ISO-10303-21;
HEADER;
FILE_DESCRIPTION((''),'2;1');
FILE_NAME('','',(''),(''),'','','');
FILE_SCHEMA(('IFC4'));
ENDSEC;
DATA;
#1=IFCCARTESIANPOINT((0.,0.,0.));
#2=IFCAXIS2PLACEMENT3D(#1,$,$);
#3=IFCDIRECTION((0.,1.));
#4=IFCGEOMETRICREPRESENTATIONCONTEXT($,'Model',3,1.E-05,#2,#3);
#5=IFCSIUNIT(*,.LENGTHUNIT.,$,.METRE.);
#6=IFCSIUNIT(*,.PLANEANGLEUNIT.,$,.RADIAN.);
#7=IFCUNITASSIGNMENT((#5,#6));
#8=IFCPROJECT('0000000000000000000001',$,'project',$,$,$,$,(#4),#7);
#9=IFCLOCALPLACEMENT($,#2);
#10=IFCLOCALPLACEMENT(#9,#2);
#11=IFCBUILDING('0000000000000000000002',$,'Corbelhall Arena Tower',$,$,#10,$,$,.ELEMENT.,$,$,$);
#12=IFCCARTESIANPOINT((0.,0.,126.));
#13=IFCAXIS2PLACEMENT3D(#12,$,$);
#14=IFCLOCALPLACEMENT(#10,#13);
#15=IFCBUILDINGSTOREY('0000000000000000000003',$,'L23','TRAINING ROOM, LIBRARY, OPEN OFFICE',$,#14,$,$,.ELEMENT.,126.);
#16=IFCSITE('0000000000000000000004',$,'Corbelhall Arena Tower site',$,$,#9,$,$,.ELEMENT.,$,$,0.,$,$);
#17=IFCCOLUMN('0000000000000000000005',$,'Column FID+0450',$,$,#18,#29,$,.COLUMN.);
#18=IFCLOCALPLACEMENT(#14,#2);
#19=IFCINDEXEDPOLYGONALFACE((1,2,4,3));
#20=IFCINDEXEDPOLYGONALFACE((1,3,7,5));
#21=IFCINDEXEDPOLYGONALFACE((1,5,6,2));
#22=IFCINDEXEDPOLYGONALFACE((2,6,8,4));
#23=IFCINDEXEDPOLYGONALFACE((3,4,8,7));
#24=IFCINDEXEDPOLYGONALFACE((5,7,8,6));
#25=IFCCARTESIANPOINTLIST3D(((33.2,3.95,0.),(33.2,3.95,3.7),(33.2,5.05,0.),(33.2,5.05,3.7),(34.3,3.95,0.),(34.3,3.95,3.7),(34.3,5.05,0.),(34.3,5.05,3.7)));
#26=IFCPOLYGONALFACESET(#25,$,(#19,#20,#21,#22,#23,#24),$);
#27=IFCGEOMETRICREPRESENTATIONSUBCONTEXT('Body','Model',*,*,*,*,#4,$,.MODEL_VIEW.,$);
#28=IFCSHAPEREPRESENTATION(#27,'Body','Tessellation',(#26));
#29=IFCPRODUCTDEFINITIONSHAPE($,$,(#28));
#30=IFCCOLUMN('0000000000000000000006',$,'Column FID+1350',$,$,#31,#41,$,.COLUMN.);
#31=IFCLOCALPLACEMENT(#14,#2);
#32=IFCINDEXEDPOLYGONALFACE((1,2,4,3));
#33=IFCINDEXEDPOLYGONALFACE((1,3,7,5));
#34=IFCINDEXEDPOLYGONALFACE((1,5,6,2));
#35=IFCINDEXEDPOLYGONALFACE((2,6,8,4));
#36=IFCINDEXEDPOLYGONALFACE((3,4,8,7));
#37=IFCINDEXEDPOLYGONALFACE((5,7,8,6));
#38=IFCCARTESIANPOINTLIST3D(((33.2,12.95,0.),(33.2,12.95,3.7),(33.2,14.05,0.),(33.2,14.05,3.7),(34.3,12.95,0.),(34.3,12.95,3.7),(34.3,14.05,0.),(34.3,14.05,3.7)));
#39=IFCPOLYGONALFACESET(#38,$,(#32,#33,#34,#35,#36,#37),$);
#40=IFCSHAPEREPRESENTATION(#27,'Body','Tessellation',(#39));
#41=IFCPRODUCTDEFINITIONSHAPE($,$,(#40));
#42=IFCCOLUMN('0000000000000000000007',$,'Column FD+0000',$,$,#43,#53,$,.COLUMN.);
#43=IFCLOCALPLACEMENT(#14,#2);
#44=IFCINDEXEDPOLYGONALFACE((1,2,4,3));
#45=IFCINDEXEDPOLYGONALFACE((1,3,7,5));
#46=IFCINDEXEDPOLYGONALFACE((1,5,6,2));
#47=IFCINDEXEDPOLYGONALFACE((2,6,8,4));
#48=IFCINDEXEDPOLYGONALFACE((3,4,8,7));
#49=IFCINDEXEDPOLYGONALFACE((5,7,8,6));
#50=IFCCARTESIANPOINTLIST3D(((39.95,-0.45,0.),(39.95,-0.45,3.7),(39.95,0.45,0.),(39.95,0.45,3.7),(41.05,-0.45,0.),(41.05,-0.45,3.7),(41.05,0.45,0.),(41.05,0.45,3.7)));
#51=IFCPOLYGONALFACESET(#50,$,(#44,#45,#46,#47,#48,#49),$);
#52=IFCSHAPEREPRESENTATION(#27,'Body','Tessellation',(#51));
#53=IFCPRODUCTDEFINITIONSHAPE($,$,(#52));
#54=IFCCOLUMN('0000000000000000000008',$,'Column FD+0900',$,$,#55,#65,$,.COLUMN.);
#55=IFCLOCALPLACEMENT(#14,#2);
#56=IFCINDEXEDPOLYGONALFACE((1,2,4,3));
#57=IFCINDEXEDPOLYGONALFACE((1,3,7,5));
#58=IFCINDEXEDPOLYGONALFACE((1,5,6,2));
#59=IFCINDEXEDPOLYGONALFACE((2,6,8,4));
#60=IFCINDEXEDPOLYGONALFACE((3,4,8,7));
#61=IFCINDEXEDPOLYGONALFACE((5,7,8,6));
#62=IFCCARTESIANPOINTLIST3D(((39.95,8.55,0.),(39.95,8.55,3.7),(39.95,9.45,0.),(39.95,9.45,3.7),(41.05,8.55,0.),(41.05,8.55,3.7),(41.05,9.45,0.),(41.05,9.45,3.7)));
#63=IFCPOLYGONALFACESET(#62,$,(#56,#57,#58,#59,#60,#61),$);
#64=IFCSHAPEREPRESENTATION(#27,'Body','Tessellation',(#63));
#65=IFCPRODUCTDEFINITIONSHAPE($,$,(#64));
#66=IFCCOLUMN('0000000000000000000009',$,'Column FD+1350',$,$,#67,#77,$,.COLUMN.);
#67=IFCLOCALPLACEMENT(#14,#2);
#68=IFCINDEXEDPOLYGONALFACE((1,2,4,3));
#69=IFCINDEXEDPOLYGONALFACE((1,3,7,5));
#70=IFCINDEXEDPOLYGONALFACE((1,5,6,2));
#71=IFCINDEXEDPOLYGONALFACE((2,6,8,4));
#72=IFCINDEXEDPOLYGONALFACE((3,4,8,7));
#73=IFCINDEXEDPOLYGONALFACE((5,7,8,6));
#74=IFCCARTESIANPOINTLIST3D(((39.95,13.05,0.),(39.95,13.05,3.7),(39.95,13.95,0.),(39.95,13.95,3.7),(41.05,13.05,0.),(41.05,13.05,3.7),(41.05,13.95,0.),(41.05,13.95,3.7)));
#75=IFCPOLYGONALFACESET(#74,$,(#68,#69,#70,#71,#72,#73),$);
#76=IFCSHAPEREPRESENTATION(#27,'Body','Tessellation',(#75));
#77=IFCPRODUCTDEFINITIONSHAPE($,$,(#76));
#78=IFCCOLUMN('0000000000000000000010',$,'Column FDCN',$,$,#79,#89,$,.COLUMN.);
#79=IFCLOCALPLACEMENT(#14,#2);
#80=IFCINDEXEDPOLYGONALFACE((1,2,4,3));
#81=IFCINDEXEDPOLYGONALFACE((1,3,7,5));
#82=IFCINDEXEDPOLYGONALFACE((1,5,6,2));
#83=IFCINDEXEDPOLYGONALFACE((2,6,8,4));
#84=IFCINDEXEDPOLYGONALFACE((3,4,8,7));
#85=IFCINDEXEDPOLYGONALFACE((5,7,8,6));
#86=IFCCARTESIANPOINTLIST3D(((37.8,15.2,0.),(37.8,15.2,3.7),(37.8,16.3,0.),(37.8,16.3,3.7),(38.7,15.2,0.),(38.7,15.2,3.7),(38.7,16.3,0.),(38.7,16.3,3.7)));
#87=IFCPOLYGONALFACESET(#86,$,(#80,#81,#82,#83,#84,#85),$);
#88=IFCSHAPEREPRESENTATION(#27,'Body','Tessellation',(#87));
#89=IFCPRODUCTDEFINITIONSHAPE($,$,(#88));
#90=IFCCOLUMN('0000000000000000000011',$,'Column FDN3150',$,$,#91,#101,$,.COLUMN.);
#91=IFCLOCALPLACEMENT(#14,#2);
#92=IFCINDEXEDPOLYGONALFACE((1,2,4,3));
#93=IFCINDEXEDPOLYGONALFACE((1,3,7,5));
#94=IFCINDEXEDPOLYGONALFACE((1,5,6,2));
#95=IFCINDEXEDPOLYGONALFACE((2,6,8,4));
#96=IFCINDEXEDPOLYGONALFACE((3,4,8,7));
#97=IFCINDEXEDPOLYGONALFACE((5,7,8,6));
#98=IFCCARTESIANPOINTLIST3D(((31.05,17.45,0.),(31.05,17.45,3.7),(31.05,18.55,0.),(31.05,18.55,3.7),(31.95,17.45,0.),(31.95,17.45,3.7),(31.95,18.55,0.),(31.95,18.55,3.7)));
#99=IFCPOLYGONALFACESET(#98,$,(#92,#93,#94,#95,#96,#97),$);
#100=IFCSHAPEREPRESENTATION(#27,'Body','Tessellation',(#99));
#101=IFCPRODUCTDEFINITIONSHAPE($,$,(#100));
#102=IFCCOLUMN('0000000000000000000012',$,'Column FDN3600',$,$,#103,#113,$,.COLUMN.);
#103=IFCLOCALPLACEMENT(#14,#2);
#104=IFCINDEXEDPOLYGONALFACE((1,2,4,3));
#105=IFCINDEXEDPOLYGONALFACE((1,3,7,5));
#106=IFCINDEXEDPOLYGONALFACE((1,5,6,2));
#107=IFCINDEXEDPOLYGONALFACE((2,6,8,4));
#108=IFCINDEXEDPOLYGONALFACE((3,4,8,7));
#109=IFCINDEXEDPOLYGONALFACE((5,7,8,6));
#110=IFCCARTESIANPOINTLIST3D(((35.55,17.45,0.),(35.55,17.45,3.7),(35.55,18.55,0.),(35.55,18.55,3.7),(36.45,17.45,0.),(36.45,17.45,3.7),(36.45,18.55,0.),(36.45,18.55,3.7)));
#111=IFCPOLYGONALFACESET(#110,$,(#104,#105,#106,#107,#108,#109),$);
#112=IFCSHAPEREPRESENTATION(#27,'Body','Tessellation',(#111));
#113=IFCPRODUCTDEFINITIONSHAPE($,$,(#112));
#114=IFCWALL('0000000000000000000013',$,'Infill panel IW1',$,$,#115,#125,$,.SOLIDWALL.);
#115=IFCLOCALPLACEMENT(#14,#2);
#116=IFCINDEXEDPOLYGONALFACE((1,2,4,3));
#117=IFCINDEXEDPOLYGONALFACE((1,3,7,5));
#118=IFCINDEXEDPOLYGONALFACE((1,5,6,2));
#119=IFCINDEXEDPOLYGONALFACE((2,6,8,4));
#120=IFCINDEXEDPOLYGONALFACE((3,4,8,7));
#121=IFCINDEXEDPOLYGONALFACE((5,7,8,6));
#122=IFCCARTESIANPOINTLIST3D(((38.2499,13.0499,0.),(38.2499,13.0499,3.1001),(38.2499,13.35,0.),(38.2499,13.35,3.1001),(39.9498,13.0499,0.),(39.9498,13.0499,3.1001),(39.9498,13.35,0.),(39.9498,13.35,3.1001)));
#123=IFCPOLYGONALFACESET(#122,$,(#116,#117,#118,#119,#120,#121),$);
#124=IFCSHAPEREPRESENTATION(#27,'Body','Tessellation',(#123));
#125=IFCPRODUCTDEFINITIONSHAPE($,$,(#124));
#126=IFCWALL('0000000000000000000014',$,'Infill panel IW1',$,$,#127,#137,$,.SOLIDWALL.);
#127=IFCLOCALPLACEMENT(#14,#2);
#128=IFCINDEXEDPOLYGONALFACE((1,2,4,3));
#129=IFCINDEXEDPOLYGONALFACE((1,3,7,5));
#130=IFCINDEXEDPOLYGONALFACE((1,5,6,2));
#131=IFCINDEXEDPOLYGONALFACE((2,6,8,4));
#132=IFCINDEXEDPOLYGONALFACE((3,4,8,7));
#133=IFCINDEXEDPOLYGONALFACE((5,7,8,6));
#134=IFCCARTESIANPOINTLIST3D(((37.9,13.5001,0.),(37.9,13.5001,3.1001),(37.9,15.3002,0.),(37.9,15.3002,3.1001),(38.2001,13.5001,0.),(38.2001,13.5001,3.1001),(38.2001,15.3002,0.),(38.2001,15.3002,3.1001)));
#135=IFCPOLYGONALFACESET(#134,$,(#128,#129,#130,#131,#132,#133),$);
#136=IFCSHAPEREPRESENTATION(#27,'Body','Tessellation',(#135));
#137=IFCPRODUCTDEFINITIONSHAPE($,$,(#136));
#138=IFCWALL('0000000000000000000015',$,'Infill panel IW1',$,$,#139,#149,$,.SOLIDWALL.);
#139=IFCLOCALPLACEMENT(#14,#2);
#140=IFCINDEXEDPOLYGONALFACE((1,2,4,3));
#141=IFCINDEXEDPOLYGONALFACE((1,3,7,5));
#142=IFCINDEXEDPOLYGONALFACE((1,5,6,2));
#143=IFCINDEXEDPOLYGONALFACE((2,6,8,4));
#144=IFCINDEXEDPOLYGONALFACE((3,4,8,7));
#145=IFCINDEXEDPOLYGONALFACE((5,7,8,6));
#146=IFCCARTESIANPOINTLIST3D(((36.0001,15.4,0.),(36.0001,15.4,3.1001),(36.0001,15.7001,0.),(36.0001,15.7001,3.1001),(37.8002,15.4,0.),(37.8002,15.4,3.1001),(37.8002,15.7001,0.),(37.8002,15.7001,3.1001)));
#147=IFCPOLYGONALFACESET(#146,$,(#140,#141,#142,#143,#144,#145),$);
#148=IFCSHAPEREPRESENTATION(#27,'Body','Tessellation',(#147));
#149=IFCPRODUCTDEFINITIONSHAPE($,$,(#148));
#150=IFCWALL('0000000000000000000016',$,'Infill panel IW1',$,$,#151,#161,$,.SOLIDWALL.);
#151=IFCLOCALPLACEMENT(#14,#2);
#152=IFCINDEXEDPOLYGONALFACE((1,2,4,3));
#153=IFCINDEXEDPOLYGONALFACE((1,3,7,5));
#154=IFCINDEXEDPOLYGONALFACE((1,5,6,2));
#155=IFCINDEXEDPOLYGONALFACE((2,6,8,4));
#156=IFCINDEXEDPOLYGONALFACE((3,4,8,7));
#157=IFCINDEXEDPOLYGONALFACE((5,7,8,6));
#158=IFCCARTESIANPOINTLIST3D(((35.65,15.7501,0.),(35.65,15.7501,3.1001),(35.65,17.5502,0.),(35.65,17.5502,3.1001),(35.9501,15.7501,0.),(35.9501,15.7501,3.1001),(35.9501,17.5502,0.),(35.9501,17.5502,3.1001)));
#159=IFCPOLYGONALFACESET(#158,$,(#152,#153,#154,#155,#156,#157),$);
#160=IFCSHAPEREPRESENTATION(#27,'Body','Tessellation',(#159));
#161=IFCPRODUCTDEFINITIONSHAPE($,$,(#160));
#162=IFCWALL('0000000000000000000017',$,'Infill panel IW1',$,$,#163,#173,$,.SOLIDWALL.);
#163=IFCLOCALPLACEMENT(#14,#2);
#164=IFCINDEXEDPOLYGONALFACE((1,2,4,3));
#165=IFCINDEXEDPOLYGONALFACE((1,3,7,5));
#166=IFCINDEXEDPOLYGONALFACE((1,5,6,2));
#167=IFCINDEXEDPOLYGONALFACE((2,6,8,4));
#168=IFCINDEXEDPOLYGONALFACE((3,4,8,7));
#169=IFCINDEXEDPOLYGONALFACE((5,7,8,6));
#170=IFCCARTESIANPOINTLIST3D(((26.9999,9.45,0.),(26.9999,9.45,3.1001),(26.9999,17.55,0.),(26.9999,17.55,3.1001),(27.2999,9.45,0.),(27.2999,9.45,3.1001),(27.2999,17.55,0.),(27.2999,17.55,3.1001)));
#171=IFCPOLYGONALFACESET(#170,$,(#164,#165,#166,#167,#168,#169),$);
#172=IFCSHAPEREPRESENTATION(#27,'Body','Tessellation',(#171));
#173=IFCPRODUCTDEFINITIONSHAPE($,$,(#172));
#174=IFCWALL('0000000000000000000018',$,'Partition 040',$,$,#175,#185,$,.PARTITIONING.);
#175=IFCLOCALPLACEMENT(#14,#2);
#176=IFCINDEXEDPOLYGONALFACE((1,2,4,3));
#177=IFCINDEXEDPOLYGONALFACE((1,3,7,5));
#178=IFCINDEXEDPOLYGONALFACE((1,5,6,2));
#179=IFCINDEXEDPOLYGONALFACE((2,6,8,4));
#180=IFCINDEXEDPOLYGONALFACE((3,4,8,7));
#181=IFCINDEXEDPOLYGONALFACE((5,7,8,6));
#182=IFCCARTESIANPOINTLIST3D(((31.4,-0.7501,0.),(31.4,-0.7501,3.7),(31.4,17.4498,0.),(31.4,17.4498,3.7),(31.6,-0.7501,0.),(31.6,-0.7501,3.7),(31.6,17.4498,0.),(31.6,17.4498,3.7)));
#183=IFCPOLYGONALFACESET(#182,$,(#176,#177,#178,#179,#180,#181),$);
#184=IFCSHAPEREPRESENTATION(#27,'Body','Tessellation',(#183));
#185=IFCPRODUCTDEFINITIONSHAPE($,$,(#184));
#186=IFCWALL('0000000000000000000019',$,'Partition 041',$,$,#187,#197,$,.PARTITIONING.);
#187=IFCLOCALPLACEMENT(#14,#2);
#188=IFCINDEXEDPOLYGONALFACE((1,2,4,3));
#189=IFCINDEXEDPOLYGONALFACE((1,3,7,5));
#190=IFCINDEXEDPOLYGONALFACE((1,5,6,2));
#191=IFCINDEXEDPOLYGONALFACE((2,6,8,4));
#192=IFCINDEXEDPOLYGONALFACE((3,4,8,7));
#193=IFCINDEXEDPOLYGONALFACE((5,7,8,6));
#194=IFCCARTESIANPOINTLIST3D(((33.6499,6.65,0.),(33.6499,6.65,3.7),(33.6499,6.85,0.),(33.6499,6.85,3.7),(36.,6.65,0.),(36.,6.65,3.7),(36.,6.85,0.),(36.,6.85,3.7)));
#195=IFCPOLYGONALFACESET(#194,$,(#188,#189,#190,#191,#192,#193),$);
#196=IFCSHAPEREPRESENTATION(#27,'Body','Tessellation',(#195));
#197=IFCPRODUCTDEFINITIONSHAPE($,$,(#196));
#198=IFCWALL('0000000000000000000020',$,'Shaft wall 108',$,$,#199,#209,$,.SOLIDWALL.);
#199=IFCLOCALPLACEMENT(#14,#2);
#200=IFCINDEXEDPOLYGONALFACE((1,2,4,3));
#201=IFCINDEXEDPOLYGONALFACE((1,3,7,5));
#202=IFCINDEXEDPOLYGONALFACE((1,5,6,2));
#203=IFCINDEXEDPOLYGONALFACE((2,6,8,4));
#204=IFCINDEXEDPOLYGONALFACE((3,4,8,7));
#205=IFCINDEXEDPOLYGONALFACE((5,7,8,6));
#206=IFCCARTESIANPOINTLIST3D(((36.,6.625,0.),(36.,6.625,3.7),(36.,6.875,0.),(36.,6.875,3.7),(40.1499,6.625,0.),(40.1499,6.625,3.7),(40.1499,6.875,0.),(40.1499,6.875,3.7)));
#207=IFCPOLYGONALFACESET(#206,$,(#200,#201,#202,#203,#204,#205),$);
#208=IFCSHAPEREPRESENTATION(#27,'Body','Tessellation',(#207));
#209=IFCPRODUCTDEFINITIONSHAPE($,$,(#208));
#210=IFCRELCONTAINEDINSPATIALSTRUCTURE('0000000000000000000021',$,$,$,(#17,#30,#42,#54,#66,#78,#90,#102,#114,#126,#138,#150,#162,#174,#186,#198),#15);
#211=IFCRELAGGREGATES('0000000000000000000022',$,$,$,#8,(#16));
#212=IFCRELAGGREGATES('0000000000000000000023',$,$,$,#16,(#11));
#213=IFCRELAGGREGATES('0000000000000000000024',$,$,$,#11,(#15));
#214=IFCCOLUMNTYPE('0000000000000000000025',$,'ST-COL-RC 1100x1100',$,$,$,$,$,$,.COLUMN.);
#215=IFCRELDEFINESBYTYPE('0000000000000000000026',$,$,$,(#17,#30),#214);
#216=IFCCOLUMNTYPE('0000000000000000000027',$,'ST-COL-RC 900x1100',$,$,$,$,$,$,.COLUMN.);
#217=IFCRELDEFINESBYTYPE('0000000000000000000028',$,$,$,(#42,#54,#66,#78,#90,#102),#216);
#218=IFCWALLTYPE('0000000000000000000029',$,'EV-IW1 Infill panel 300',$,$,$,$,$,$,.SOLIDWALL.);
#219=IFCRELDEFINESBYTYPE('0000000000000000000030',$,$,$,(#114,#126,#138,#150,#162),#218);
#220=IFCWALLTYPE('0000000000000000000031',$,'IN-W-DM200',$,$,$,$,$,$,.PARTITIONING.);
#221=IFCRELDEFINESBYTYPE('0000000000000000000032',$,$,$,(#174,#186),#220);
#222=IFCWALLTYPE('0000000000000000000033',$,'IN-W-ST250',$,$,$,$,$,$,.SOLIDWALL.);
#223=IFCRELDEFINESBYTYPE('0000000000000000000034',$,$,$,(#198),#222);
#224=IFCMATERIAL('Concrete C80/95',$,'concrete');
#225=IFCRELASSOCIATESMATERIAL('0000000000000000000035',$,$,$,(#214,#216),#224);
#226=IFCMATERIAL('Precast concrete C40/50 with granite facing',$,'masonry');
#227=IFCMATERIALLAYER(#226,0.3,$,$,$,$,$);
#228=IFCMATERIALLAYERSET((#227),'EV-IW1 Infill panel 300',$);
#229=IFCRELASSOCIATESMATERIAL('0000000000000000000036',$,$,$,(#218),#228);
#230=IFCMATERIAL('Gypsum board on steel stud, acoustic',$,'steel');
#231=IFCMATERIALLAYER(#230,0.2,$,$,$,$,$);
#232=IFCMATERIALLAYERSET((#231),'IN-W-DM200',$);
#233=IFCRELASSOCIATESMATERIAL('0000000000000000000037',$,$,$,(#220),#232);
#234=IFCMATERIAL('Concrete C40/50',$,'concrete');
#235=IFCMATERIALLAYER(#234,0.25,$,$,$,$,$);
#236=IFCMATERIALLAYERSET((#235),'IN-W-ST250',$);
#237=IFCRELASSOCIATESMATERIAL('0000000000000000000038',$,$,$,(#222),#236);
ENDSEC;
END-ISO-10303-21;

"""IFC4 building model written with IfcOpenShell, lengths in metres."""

from ifc_helpers import new_model, si_unit, direction, frame, frame_2d, origin, origin_2d, place, context, subcontext, project, spatial, rectangle, extrude, material, layer, layer_set, material_profile, profile_set, type_object, element, save


model = new_model("IFC4")

# Units and contexts
model_context = context("Model", 3, precision=1e-05, world=origin(), true_north=direction((0.0, 1.0)))
body_context = subcontext(model_context, "Body", "Model", "MODEL_VIEW")
ifc_project = project(units=[si_unit("LENGTHUNIT", "METRE"), si_unit("PLANEANGLEUNIT", "RADIAN")], contexts=[model_context])

# Site, building, storey
site_placement = place(None, origin())
site = spatial("IfcSite", under=ifc_project, at=site_placement, Name="Corbelhall Arena Tower site", CompositionType="ELEMENT", RefElevation=0.0)
building_placement = place(site_placement, origin())
building = spatial("IfcBuilding", under=site, at=building_placement, Name="Corbelhall Arena Tower", CompositionType="ELEMENT")
storey_placement = place(building_placement, frame((0.0, 0.0, 126.0)))
storey = spatial("IfcBuildingStorey", under=building, at=storey_placement, Name="L23", Description="TRAINING ROOM, LIBRARY, OPEN OFFICE", CompositionType="ELEMENT", Elevation=126.0)

# Columns
ifc_material_1 = material(Name="Concrete C80/95", Category="concrete")
ifc_material_profile_1 = material_profile(ifc_material_1, rectangle(XDim=1.1001, YDim=1.1001, at=origin_2d()))
ifc_profile_set_1 = profile_set([ifc_material_profile_1], Name="Concrete C80/95")
column_type_1 = type_object("IfcColumnType", Name="ST-COL-RC 1100x1100", PredefinedType="COLUMN", material=ifc_profile_set_1)
for number, where, z_axis, x_axis, name in (
    (1, (33.75, 4.5, 0.0), (0.0, 0.0, 1.0), (1.0, 0.0, 0.0), "Column FID+0450"),
    (2, (33.75, 13.5, 0.0), (0.0, 0.0, 1.0), (1.0, 0.0, 0.0), "Column FID+1350"),
):
    element("IfcColumn", number, at=place(storey_placement, frame(where, z_axis=z_axis, x_axis=x_axis)), inside=storey, type_object=column_type_1, Name=name, PredefinedType="COLUMN", context=body_context, shape_type="SweptSolid", body=[
        extrude(rectangle(XDim=1.1001, YDim=1.1001, at=origin_2d()), origin(), (0.0, 0.0, 1.0), 3.7),
    ])
ifc_material_profile_2 = material_profile(ifc_material_1, rectangle(XDim=0.8999, YDim=1.1001, at=origin_2d()))
ifc_profile_set_2 = profile_set([ifc_material_profile_2], Name="Concrete C80/95")
column_type_2 = type_object("IfcColumnType", Name="ST-COL-RC 900x1100", PredefinedType="COLUMN", material=ifc_profile_set_2)
for number, where, z_axis, x_axis, name in (
    (3, (40.5, 0.0, 0.0), (0.0, 0.0, 1.0), (0.0, 1.0, 0.0), "Column FD+0000"),
    (4, (40.5, 9.0, 0.0), (0.0, 0.0, 1.0), (0.0, 1.0, 0.0), "Column FD+0900"),
    (5, (40.5, 13.5, 0.0), (0.0, 0.0, 1.0), (0.0, 1.0, 0.0), "Column FD+1350"),
    (6, (38.25, 15.75, 0.0), (0.0, 0.0, 1.0), (1.0, 0.0, 0.0), "Column FDCN"),
    (7, (31.5, 18.0, 0.0), (0.0, 0.0, 1.0), (1.0, 0.0, 0.0), "Column FDN3150"),
    (8, (36.0, 18.0, 0.0), (0.0, 0.0, 1.0), (1.0, 0.0, 0.0), "Column FDN3600"),
):
    element("IfcColumn", number, at=place(storey_placement, frame(where, z_axis=z_axis, x_axis=x_axis)), inside=storey, type_object=column_type_2, Name=name, PredefinedType="COLUMN", context=body_context, shape_type="SweptSolid", body=[
        extrude(rectangle(XDim=0.8999, YDim=1.1001, at=origin_2d()), origin(), (0.0, 0.0, 1.0), 3.7),
    ])

# Walls
ifc_material_2 = material(Name="Precast concrete C40/50 with granite facing", Category="masonry")
ifc_layer_1 = layer(ifc_material_2, 0.3)
ifc_layer_set_1 = layer_set([ifc_layer_1], Name="EV-IW1 Infill panel 300")
wall_type_1 = type_object("IfcWallType", Name="EV-IW1 Infill panel 300", PredefinedType="SOLIDWALL", material=ifc_layer_set_1)
wall_1_placement = place(storey_placement, frame((39.95, 13.2, 0.0), z_axis=(0.0, 0.0, 1.0), x_axis=(-1.0, 0.0, 0.0)))
element("IfcWall", 9, at=wall_1_placement, inside=storey, type_object=wall_type_1, Name="Infill panel IW1", PredefinedType="SOLIDWALL", context=body_context, shape_type="SweptSolid", body=[
    extrude(rectangle(XDim=1.7, YDim=0.3, at=frame_2d((0.8501, 0.0))), origin(), (0.0, 0.0, 1.0), 3.1001),
])
for number, where, z_axis, x_axis, name in (
    (10, (38.05, 15.3, 0.0), (0.0, 0.0, 1.0), (0.0, -1.0, 0.0), "Infill panel IW1"),
    (11, (37.8, 15.55, 0.0), (0.0, 0.0, 1.0), (-1.0, 0.0, 0.0), "Infill panel IW1"),
    (12, (35.8, 17.55, 0.0), (0.0, 0.0, 1.0), (0.0, -1.0, 0.0), "Infill panel IW1"),
):
    element("IfcWall", number, at=place(storey_placement, frame(where, z_axis=z_axis, x_axis=x_axis)), inside=storey, type_object=wall_type_1, Name=name, PredefinedType="SOLIDWALL", context=body_context, shape_type="SweptSolid", body=[
        extrude(rectangle(XDim=1.8, YDim=0.3, at=frame_2d((0.8999, 0.0))), origin(), (0.0, 0.0, 1.0), 3.1001),
    ])

# Walls
wall_2_placement = place(storey_placement, frame((27.1499, 9.45, 0.0), z_axis=(0.0, 0.0, 1.0), x_axis=(0.0, 1.0, 0.0)))
element("IfcWall", 13, at=wall_2_placement, inside=storey, type_object=wall_type_1, Name="Infill panel IW1", PredefinedType="SOLIDWALL", context=body_context, shape_type="SweptSolid", body=[
    extrude(rectangle(XDim=8.1001, YDim=0.3, at=frame_2d((4.05, 0.0))), origin(), (0.0, 0.0, 1.0), 3.1001),
])
ifc_material_3 = material(Name="Gypsum board on steel stud, acoustic", Category="steel")
ifc_layer_2 = layer(ifc_material_3, 0.2)
ifc_layer_set_2 = layer_set([ifc_layer_2], Name="IN-W-DM200")
wall_type_2 = type_object("IfcWallType", Name="IN-W-DM200", PredefinedType="PARTITIONING", material=ifc_layer_set_2)
wall_3_placement = place(storey_placement, frame((31.5, 17.45, 0.0), z_axis=(0.0, 0.0, 1.0), x_axis=(0.0, -1.0, 0.0)))
element("IfcWall", 14, at=wall_3_placement, inside=storey, type_object=wall_type_2, Name="Partition 040", PredefinedType="PARTITIONING", context=body_context, shape_type="SweptSolid", body=[
    extrude(rectangle(XDim=18.2, YDim=0.2, at=frame_2d((9.1001, 0.0))), origin(), (0.0, 0.0, 1.0), 3.7),
])
wall_4_placement = place(storey_placement, frame((33.6499, 6.75, 0.0), z_axis=(0.0, 0.0, 1.0), x_axis=(1.0, 0.0, 0.0)))
element("IfcWall", 15, at=wall_4_placement, inside=storey, type_object=wall_type_2, Name="Partition 041", PredefinedType="PARTITIONING", context=body_context, shape_type="SweptSolid", body=[
    extrude(rectangle(XDim=2.3501, YDim=0.2, at=frame_2d((1.175, 0.0))), origin(), (0.0, 0.0, 1.0), 3.7),
])
ifc_material_4 = material(Name="Concrete C40/50", Category="concrete")
ifc_layer_3 = layer(ifc_material_4, 0.25)
ifc_layer_set_3 = layer_set([ifc_layer_3], Name="IN-W-ST250")
wall_type_3 = type_object("IfcWallType", Name="IN-W-ST250", PredefinedType="SOLIDWALL", material=ifc_layer_set_3)
wall_5_placement = place(storey_placement, frame((36.0, 6.75, 0.0), z_axis=(0.0, 0.0, 1.0), x_axis=(1.0, 0.0, 0.0)))
element("IfcWall", 16, at=wall_5_placement, inside=storey, type_object=wall_type_3, Name="Shaft wall 108", PredefinedType="SOLIDWALL", context=body_context, shape_type="SweptSolid", body=[
    extrude(rectangle(XDim=4.1499, YDim=0.25, at=frame_2d((2.075, 0.0))), origin(), (0.0, 0.0, 1.0), 3.7),
])

save(model, "model.ifc")
